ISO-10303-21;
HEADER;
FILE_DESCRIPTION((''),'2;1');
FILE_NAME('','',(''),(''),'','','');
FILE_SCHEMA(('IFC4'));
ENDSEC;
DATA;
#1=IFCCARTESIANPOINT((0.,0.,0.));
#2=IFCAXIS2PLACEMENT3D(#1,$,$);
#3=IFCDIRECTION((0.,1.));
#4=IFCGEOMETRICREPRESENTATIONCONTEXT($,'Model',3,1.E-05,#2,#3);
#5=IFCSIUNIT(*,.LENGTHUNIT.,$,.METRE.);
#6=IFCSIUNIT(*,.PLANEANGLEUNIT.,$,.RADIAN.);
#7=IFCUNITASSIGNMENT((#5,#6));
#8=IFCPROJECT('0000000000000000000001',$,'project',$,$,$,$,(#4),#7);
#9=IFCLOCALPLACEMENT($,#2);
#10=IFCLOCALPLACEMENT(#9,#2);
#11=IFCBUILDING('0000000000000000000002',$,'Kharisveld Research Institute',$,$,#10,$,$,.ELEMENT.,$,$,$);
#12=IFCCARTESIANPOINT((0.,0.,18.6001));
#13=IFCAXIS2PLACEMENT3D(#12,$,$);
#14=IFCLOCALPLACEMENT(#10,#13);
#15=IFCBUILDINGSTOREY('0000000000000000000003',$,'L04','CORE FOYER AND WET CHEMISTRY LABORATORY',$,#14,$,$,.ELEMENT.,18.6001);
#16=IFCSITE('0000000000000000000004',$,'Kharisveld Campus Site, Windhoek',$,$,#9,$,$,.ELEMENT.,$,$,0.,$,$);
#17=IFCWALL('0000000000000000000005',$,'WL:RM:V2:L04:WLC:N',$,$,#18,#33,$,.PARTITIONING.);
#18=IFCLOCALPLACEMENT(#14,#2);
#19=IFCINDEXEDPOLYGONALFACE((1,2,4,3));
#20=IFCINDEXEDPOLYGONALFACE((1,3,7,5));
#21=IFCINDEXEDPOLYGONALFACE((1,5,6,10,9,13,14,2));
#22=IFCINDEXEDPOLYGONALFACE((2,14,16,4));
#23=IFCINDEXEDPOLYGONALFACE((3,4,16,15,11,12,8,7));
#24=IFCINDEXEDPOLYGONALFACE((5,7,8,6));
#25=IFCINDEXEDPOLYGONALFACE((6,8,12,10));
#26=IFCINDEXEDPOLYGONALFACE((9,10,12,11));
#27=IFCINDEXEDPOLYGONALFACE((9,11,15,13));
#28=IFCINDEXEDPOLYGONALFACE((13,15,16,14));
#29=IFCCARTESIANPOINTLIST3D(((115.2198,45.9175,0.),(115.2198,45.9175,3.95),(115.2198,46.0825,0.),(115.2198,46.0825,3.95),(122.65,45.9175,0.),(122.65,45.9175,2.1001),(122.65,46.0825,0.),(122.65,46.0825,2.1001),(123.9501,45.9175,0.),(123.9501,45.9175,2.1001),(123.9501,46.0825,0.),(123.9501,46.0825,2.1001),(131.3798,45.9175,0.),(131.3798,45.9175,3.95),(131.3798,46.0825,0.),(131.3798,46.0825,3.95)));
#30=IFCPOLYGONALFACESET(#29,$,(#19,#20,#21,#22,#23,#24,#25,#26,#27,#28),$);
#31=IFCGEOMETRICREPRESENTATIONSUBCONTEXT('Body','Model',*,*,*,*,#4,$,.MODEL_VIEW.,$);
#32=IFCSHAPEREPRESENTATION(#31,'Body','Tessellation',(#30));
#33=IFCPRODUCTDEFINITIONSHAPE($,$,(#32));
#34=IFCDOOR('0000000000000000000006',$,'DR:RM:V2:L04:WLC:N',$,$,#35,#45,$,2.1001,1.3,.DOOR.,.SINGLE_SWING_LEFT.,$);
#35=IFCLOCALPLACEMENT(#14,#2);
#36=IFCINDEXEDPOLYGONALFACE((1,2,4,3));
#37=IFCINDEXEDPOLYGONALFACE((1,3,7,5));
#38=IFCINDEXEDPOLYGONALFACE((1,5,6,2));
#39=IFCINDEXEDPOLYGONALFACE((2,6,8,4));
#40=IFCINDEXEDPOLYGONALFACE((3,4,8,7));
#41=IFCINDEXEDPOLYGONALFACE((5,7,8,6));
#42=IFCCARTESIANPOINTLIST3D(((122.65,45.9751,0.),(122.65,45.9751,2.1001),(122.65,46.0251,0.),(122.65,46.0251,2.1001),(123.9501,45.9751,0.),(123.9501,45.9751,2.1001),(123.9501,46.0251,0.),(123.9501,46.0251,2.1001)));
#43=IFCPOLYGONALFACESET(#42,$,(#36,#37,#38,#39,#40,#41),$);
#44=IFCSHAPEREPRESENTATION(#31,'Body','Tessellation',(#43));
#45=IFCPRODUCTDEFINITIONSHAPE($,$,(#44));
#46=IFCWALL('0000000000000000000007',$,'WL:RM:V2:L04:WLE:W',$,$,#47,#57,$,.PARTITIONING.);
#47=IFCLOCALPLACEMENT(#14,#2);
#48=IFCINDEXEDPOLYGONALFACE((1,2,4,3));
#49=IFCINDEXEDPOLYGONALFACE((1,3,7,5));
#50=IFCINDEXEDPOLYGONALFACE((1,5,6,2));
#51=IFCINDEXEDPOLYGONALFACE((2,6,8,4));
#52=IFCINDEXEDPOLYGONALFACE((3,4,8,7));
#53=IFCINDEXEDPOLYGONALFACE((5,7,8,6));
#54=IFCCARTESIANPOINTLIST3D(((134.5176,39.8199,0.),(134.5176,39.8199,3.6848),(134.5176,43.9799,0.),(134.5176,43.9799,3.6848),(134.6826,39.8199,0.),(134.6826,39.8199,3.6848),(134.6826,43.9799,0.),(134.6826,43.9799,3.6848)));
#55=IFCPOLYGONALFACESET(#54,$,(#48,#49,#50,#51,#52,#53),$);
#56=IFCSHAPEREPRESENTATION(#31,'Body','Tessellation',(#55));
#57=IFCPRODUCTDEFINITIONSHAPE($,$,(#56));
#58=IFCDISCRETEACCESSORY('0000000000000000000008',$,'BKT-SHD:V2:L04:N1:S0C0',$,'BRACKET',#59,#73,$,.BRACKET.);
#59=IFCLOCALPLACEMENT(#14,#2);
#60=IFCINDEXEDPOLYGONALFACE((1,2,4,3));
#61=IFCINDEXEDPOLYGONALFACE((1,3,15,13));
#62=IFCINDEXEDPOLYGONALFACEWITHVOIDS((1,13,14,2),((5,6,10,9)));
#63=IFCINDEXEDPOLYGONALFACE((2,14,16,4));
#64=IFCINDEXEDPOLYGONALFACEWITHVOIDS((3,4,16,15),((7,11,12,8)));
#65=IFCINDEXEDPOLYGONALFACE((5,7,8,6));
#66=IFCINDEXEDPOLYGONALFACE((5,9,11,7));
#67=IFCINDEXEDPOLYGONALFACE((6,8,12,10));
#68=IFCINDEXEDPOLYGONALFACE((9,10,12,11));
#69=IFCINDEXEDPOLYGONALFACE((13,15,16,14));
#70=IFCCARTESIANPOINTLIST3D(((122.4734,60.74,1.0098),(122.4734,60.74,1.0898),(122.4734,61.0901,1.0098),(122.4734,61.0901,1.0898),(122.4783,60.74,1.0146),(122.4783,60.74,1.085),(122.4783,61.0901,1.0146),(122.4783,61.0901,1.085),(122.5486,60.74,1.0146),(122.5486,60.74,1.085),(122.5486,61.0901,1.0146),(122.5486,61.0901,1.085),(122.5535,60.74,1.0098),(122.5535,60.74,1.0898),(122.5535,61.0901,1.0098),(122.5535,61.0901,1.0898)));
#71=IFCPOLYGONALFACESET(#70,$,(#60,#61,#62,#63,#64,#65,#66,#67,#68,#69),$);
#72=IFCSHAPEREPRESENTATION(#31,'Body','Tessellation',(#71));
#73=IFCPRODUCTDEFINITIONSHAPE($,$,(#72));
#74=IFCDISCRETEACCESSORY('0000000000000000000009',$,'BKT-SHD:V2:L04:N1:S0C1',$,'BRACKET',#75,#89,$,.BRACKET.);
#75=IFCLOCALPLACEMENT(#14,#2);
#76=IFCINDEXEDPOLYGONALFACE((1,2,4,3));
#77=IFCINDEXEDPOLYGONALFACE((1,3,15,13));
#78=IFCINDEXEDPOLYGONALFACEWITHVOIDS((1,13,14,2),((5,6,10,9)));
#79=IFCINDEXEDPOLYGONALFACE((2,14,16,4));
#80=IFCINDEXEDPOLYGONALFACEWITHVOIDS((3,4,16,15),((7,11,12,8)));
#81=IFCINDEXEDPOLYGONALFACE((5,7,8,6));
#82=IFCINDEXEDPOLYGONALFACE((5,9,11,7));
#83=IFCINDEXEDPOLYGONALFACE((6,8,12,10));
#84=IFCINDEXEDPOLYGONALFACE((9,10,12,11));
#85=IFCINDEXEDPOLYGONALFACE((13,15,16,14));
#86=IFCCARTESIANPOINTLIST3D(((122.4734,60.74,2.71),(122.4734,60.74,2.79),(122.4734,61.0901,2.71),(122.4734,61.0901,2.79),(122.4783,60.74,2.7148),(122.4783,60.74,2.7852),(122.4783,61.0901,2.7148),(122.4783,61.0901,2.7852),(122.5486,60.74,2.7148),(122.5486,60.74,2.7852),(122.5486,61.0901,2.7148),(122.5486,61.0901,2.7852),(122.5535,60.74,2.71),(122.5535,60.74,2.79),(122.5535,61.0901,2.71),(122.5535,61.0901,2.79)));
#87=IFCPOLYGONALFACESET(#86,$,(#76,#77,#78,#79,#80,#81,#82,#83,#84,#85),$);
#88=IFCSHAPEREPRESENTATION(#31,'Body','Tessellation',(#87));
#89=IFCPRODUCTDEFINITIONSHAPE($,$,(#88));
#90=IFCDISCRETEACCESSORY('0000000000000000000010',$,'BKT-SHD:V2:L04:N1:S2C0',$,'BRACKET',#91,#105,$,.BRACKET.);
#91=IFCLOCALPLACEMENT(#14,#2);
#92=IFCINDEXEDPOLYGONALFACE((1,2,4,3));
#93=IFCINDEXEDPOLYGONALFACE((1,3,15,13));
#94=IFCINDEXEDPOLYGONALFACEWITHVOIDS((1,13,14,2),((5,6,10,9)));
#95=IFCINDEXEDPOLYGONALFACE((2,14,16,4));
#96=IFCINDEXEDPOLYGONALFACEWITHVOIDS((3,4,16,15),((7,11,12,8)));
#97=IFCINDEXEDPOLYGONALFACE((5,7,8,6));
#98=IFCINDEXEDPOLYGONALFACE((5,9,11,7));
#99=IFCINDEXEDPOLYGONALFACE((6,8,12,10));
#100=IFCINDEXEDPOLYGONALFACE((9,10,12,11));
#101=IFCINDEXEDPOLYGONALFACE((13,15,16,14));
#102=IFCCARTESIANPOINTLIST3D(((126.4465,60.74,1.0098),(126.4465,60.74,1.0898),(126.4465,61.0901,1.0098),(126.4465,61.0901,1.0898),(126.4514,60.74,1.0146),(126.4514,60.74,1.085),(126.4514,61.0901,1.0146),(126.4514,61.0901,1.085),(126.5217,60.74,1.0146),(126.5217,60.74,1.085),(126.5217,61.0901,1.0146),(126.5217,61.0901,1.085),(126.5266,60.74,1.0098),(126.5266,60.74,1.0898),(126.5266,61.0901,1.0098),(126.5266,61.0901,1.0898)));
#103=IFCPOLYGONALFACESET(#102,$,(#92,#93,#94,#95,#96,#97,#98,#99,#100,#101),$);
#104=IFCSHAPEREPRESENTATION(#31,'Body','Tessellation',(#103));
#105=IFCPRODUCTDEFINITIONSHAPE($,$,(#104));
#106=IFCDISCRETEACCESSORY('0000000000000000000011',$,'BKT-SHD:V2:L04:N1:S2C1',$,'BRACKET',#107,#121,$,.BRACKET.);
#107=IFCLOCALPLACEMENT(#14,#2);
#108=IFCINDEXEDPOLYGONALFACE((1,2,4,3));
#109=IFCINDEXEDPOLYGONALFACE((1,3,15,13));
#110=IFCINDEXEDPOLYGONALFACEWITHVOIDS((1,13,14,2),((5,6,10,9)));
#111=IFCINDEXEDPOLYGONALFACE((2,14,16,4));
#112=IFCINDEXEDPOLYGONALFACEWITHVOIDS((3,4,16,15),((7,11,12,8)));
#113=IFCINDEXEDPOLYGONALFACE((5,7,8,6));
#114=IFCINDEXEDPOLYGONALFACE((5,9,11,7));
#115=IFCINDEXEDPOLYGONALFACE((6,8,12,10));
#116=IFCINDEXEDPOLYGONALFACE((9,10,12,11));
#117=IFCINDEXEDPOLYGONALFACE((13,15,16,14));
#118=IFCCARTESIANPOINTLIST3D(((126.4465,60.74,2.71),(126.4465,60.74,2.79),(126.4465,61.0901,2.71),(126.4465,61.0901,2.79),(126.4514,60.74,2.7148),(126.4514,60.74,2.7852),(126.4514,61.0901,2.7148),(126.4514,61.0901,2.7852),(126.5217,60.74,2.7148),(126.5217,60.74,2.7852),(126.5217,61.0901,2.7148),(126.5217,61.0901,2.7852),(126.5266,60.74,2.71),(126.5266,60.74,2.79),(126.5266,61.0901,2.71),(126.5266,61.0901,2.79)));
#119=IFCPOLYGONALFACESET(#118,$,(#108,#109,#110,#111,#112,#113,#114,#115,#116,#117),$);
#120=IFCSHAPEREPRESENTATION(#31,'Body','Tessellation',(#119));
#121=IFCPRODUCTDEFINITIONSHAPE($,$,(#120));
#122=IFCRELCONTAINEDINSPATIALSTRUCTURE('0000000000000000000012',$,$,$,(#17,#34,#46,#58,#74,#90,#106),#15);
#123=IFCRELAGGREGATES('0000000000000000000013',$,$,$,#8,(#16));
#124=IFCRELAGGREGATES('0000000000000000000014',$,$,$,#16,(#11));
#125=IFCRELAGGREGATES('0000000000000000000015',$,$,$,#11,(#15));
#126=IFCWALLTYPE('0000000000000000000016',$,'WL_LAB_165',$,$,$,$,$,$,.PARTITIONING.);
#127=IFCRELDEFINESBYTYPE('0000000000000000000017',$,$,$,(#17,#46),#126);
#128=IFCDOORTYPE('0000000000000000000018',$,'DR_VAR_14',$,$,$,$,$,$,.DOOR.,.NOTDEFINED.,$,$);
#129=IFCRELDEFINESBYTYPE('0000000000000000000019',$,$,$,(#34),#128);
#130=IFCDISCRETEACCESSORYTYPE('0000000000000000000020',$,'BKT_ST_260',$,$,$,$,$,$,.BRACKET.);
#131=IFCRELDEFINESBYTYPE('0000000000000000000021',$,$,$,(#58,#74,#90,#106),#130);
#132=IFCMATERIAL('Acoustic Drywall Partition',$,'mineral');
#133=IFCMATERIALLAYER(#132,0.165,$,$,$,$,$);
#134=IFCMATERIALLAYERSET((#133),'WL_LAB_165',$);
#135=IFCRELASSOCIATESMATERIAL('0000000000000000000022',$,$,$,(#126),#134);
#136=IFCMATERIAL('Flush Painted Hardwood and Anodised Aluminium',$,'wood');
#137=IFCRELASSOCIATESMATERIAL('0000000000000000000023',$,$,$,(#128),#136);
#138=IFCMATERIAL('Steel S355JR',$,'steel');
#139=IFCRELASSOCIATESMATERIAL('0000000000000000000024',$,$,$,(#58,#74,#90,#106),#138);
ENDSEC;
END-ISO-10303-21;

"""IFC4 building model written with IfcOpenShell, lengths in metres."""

from ifc_helpers import new_model, si_unit, direction, frame, frame_2d, origin, origin_2d, place, context, subcontext, project, spatial, rectangle, hollow_rectangle, extrude, material, layer, layer_set, type_object, element, fill, save


model = new_model("IFC4")

# Units and contexts
model_context = context("Model", 3, precision=1e-05, world=origin(), true_north=direction((0.0, 1.0)))
body_context = subcontext(model_context, "Body", "Model", "MODEL_VIEW")
ifc_project = project(units=[si_unit("LENGTHUNIT", "METRE"), si_unit("PLANEANGLEUNIT", "RADIAN")], contexts=[model_context])

# Site, building, storey
site_placement = place(None, origin())
site = spatial("IfcSite", under=ifc_project, at=site_placement, Name="Kharisveld Campus Site, Windhoek", CompositionType="ELEMENT", RefElevation=0.0)
building_placement = place(site_placement, origin())
building = spatial("IfcBuilding", under=site, at=building_placement, Name="Kharisveld Research Institute", CompositionType="ELEMENT")
storey_placement = place(building_placement, frame((0.0, 0.0, 18.6001)))
storey = spatial("IfcBuildingStorey", under=building, at=storey_placement, Name="L04", Description="CORE FOYER AND WET CHEMISTRY LABORATORY", CompositionType="ELEMENT", Elevation=18.6001)

# Shared definitions
ifc_material_1 = material(Name="Acoustic Drywall Partition", Category="mineral")
ifc_layer = layer(ifc_material_1, 0.165)
ifc_layer_set = layer_set([ifc_layer], Name="WL_LAB_165")
wall_type = type_object("IfcWallType", Name="WL_LAB_165", PredefinedType="PARTITIONING", material=ifc_layer_set)

# Wall, opening, door
wall_1_placement = place(storey_placement, frame((131.3799, 46.0, 0.0), z_axis=(0.0, 0.0, 1.0), x_axis=(-1.0, 0.0, 0.0)))
wall_1 = element("IfcWall", 1, at=wall_1_placement, inside=storey, type_object=wall_type, Name="WL:RM:V2:L04:WLC:N", PredefinedType="PARTITIONING", context=body_context, shape_type="SweptSolid", body=[
    extrude(rectangle(XDim=16.1599, YDim=0.165, at=frame_2d((8.0801, 0.0))), origin(), (0.0, 0.0, 1.0), 3.95),
])
opening_placement = place(wall_1_placement, frame((7.4299, 0.0, 0.0)))
opening = element("IfcOpeningElement", 2, at=opening_placement, cuts=wall_1, PredefinedType="OPENING", context=body_context, shape_type="SweptSolid", body=[
    extrude(rectangle(XDim=1.3, YDim=2.1001, at=frame_2d((0.6499, 1.05))), frame((0.0, 0.0825, 0.0), z_axis=(0.0, -1.0, 0.0), x_axis=(1.0, 0.0, 0.0)), (0.0, 0.0, 1.0), 0.165),
])
ifc_material_2 = material(Name="Flush Painted Hardwood and Anodised Aluminium", Category="wood")
door_type = type_object("IfcDoorType", Name="DR_VAR_14", OperationType="NOTDEFINED", PredefinedType="DOOR", material=ifc_material_2)
door_placement = place(opening_placement, origin())
door = element("IfcDoor", 3, at=door_placement, inside=storey, type_object=door_type, Name="DR:RM:V2:L04:WLC:N", OperationType="SINGLE_SWING_LEFT", OverallHeight=2.1001, OverallWidth=1.3, PredefinedType="DOOR", context=body_context, shape_type="SweptSolid", body=[
    extrude(rectangle(XDim=1.3, YDim=2.1001, at=frame_2d((0.6499, 1.05))), frame((0.0, 0.0249, 0.0), z_axis=(0.0, -1.0, 0.0), x_axis=(1.0, 0.0, 0.0)), (0.0, 0.0, 1.0), 0.05),
])
fill(opening, door)

# Wall
wall_2_placement = place(storey_placement, frame((134.6001, 43.98, 0.0), z_axis=(0.0, 0.0, 1.0), x_axis=(0.0, -1.0, 0.0)))
element("IfcWall", 4, at=wall_2_placement, inside=storey, type_object=wall_type, Name="WL:RM:V2:L04:WLE:W", PredefinedType="PARTITIONING", context=body_context, shape_type="SweptSolid", body=[
    extrude(rectangle(XDim=4.1599, YDim=0.165, at=frame_2d((2.0801, 0.0))), origin(), (0.0, 0.0, 1.0), 3.6848),
])

# Discrete accessories
ifc_material_3 = material(Name="Steel S355JR", Category="steel")
discrete_accessory_type = type_object("IfcDiscreteAccessoryType", Name="BKT_ST_260", PredefinedType="BRACKET")
for number, where, z_axis, x_axis, name in (
    (5, (122.5134, 60.74, 1.0498), (0.0, 1.0, 0.0), (-1.0, 0.0, 0.0), "BKT-SHD:V2:L04:N1:S0C0"),
    (6, (122.5134, 60.74, 2.75), (0.0, 1.0, 0.0), (-1.0, 0.0, 0.0), "BKT-SHD:V2:L04:N1:S0C1"),
    (7, (126.4866, 60.74, 1.0498), (0.0, 1.0, 0.0), (-1.0, 0.0, 0.0), "BKT-SHD:V2:L04:N1:S2C0"),
    (8, (126.4866, 60.74, 2.75), (0.0, 1.0, 0.0), (-1.0, 0.0, 0.0), "BKT-SHD:V2:L04:N1:S2C1"),
):
    element("IfcDiscreteAccessory", number, at=place(storey_placement, frame(where, z_axis=z_axis, x_axis=x_axis)), inside=storey, type_object=discrete_accessory_type, material=ifc_material_3, Name=name, ObjectType="BRACKET", PredefinedType="BRACKET", context=body_context, shape_type="SweptSolid", body=[
        extrude(hollow_rectangle(XDim=0.0801, YDim=0.0801, WallThickness=0.0049, at=origin_2d()), origin(), (0.0, 0.0, 1.0), 0.3501),
    ])

save(model, "model.ifc")
